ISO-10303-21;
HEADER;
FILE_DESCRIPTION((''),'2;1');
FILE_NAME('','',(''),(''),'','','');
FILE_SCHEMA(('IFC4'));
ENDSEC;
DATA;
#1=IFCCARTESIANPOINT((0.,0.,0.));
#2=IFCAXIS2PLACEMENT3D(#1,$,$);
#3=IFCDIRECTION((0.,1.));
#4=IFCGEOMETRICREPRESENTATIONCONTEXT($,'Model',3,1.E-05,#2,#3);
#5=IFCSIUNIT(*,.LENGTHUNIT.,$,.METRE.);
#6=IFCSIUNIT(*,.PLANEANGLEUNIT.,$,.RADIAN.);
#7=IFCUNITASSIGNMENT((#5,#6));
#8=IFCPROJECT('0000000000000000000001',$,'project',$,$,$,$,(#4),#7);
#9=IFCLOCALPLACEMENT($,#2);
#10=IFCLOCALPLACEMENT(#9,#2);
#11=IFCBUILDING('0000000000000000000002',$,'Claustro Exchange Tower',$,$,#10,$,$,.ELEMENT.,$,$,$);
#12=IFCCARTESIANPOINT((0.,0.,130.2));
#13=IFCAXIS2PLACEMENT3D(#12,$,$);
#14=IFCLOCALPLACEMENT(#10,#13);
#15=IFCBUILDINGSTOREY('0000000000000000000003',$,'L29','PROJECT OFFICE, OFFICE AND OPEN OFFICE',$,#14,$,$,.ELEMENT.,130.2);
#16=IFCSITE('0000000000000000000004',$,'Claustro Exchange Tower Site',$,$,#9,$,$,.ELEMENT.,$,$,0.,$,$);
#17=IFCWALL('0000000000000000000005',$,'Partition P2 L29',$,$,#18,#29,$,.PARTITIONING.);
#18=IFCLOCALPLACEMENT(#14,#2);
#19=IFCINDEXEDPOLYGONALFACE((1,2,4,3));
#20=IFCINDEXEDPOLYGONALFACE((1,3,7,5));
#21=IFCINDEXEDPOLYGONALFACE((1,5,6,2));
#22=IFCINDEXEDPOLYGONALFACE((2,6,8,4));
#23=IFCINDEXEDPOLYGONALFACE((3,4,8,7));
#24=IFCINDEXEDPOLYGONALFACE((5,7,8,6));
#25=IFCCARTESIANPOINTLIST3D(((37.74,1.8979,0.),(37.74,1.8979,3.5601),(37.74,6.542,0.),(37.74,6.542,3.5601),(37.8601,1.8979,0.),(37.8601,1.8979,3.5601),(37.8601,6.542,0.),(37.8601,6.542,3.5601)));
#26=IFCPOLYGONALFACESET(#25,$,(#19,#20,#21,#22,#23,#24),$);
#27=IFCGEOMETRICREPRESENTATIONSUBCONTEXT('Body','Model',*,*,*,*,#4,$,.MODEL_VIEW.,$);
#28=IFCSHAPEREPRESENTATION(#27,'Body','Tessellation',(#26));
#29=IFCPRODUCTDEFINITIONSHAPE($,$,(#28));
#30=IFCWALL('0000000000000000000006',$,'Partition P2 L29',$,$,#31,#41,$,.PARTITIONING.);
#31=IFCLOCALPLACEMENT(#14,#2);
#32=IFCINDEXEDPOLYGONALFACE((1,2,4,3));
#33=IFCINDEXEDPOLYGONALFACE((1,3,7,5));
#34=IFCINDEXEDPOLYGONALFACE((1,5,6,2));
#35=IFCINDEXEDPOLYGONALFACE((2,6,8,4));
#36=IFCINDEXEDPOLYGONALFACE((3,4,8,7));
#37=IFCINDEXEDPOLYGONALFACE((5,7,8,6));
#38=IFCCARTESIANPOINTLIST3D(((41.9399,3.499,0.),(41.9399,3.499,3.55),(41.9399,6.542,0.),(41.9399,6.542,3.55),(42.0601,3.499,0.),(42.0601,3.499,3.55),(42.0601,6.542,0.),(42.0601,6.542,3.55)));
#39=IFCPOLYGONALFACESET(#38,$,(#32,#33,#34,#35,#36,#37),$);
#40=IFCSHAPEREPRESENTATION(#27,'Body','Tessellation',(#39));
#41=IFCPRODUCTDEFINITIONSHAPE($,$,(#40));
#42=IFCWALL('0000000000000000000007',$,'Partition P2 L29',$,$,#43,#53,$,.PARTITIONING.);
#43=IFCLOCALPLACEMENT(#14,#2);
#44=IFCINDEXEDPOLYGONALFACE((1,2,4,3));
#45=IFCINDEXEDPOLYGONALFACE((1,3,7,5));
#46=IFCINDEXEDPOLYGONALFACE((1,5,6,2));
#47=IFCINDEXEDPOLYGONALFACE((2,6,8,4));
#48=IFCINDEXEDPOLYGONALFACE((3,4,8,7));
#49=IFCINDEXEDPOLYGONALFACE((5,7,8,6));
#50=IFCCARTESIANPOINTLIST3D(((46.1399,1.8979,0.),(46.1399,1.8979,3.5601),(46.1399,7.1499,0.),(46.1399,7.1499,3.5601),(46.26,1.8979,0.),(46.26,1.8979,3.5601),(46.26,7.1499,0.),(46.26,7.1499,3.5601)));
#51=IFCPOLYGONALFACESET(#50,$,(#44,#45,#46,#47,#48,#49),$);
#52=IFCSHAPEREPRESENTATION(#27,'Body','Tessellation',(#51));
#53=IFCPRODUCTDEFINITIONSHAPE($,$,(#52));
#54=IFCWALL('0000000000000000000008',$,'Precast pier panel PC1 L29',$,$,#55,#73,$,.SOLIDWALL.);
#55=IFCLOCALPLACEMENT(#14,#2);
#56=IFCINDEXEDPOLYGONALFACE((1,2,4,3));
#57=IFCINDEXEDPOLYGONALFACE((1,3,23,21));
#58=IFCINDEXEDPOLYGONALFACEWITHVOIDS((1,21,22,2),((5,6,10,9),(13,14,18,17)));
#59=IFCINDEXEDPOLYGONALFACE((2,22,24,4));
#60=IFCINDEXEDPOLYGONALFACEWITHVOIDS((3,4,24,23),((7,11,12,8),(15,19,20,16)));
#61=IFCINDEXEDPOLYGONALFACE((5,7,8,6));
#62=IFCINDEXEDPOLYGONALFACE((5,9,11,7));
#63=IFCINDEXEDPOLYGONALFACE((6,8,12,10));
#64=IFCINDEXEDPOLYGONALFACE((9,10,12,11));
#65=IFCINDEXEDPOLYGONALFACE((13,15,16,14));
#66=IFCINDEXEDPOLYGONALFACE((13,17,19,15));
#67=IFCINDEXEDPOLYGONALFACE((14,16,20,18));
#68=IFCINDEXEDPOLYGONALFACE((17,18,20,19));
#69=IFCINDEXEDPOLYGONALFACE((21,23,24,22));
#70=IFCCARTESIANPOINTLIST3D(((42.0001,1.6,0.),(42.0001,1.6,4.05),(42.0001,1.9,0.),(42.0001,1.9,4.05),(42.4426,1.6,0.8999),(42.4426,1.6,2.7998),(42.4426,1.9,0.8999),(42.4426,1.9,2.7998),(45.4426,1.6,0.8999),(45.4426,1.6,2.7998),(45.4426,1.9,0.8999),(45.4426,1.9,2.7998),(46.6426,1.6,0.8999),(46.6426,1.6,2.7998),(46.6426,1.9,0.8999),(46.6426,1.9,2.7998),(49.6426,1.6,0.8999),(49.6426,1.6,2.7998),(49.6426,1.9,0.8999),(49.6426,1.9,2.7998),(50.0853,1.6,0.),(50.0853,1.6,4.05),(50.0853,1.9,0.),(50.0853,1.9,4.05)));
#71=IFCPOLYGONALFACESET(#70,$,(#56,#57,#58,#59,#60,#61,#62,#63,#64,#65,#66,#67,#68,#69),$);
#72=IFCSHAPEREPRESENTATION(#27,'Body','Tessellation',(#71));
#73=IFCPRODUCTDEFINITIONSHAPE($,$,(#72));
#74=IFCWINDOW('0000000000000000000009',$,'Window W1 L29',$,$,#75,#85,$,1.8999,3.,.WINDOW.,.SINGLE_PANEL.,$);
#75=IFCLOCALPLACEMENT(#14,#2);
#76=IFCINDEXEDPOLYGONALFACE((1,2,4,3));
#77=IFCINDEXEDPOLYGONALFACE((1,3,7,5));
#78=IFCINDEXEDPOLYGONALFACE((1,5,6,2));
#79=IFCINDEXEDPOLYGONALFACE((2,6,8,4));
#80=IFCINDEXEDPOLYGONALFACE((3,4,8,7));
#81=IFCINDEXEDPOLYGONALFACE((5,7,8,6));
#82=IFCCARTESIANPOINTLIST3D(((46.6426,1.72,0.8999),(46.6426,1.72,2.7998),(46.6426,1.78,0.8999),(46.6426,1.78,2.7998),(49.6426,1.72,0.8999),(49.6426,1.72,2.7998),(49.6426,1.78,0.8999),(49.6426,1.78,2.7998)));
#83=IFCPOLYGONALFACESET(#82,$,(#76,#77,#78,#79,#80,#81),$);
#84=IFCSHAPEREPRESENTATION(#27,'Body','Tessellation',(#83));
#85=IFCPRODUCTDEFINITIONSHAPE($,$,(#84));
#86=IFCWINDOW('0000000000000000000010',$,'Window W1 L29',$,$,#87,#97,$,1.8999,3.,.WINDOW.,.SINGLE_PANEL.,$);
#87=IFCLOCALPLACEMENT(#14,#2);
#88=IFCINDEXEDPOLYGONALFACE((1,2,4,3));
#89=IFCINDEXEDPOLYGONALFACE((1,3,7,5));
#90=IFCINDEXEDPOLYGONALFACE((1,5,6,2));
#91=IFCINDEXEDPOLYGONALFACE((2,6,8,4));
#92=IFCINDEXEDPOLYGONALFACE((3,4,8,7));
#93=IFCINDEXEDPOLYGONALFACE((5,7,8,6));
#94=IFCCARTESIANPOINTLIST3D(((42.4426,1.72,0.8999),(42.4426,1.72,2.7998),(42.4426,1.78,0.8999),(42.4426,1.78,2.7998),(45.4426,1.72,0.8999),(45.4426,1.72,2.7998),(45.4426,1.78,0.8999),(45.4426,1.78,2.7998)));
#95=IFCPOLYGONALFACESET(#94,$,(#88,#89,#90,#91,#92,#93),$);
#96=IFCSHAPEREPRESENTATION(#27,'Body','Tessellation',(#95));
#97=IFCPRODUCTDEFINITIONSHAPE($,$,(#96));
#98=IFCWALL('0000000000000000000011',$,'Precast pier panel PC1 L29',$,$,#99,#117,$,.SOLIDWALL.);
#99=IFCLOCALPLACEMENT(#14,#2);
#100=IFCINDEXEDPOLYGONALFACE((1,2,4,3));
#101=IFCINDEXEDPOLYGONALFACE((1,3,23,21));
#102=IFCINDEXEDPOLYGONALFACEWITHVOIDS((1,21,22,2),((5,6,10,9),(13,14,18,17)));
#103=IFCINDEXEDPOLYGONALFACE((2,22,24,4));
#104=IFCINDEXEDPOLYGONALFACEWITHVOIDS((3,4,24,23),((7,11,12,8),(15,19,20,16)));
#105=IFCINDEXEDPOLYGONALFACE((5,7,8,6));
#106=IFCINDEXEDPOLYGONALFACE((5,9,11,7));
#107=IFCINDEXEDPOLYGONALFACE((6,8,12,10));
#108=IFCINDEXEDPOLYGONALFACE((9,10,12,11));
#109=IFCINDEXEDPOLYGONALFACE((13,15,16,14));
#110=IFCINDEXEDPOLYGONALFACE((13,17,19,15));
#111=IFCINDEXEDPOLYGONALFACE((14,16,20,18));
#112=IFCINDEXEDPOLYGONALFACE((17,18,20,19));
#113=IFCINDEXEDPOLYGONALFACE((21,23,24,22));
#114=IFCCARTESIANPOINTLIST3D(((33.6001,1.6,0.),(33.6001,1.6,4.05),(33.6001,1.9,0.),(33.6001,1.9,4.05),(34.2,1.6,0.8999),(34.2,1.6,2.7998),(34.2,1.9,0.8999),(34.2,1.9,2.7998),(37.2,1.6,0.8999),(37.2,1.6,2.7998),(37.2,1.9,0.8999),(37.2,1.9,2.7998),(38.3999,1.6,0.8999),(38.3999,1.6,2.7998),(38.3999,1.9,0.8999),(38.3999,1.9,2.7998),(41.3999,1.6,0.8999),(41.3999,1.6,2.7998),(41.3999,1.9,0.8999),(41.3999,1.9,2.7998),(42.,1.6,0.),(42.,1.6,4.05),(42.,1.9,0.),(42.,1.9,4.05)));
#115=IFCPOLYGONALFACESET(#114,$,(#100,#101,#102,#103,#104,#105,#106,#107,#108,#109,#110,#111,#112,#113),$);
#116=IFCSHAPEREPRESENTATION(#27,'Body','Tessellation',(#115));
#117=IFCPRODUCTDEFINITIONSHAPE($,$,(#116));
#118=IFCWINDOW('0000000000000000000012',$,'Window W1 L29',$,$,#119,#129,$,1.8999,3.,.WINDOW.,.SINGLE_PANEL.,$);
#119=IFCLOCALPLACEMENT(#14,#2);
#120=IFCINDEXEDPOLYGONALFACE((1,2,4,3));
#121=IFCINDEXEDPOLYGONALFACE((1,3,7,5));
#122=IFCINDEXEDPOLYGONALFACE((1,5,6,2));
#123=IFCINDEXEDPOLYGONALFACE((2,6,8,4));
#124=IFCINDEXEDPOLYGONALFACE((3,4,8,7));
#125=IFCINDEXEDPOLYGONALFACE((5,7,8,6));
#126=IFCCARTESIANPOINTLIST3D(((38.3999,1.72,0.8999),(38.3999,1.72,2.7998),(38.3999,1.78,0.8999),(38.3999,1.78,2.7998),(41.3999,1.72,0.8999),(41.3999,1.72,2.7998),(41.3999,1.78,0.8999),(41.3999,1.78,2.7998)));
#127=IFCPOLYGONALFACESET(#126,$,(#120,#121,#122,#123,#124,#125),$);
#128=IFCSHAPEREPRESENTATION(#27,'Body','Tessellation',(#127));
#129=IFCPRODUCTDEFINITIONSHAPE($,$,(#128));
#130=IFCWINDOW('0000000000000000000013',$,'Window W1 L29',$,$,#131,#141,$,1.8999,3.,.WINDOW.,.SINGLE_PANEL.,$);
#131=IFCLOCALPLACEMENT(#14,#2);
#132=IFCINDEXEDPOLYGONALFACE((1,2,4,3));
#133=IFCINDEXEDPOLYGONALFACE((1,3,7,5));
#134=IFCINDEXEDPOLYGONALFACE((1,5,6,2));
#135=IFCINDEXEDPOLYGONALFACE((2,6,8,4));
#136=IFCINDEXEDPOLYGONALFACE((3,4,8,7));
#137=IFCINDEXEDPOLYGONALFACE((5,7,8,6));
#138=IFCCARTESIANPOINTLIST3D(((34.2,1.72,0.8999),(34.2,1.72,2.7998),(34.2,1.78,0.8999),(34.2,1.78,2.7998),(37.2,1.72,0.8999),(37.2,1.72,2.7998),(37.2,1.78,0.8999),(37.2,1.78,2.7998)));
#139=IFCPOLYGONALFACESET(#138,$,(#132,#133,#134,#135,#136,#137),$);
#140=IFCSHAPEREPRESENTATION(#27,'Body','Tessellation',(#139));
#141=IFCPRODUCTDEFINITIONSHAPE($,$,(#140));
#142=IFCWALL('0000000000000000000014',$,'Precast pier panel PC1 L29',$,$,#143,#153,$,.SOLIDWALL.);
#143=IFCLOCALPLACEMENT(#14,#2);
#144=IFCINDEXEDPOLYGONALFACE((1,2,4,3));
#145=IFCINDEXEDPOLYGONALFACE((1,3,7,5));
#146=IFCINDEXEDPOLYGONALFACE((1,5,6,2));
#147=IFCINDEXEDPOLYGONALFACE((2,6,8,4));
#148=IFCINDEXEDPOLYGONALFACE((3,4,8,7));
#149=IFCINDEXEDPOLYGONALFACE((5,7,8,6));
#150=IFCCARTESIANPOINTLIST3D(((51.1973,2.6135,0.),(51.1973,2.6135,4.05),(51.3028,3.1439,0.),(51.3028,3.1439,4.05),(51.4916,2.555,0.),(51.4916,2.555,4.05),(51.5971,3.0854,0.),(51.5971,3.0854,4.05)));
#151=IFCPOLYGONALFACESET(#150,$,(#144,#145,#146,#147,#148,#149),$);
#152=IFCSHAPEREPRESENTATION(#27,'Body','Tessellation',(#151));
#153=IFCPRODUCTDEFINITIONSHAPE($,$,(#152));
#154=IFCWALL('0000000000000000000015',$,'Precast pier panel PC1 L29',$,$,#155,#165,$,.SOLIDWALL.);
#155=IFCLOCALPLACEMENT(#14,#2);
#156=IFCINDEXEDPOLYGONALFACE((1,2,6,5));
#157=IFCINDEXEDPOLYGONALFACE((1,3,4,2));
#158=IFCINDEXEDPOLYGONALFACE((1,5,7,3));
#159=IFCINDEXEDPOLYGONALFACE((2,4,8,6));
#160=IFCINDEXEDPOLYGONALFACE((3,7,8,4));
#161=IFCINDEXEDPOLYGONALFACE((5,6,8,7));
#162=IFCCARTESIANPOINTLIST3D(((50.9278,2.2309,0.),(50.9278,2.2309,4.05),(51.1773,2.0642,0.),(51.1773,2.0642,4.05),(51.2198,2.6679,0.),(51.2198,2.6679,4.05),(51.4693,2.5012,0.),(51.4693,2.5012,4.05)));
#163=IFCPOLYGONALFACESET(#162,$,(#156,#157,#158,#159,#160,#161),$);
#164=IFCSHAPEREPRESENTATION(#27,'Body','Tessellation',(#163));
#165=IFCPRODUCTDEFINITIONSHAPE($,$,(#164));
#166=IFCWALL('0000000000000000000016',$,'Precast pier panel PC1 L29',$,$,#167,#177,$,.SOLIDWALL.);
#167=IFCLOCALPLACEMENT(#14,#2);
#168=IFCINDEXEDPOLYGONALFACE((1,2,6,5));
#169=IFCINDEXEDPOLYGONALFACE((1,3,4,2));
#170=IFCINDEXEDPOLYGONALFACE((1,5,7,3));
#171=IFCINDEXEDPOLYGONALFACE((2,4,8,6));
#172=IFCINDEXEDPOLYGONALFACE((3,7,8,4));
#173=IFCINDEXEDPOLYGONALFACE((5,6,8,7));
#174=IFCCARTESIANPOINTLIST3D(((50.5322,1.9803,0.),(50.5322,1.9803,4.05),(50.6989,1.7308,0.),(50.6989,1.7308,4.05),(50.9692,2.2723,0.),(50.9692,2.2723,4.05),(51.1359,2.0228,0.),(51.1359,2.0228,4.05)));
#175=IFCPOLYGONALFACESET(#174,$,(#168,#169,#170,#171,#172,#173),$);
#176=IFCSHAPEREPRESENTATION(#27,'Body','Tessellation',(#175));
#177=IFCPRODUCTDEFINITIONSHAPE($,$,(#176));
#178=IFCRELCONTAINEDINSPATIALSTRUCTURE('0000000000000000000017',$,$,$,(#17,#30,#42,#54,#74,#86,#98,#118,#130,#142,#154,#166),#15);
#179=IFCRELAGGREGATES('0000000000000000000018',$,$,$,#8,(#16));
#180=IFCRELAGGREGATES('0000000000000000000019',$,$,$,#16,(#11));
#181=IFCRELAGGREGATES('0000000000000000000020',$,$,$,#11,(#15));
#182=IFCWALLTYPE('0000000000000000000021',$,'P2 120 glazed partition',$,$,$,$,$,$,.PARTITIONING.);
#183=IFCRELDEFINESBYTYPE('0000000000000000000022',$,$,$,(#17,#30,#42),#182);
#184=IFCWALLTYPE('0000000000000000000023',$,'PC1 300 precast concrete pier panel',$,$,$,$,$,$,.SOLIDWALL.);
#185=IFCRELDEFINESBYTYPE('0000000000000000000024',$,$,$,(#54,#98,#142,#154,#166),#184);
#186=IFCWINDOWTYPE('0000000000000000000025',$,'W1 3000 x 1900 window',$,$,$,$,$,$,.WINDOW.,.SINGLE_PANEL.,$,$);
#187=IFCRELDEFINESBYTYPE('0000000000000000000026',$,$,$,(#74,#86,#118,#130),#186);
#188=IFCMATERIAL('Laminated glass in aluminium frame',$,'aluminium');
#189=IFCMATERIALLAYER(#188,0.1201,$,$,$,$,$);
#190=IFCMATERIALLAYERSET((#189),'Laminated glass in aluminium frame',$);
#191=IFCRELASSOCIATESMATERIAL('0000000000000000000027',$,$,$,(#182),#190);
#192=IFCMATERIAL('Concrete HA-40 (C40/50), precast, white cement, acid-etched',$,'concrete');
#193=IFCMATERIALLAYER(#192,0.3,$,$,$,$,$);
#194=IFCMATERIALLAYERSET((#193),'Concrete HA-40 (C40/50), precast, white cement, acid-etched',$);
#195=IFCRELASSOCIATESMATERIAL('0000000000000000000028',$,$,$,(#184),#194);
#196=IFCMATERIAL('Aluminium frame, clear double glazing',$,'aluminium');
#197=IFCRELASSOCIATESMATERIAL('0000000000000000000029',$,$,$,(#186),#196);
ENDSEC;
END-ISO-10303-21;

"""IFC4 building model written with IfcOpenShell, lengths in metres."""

from ifc_helpers import new_model, si_unit, direction, frame, frame_2d, origin, place, context, subcontext, project, spatial, rectangle, extrude, material, layer, layer_set, type_object, element, fill, save


model = new_model("IFC4")

# Units and contexts
model_context = context("Model", 3, precision=1e-05, world=origin(), true_north=direction((0.0, 1.0)))
body_context = subcontext(model_context, "Body", "Model", "MODEL_VIEW")
ifc_project = project(units=[si_unit("LENGTHUNIT", "METRE"), si_unit("PLANEANGLEUNIT", "RADIAN")], contexts=[model_context])

# Site, building, storey
site_placement = place(None, origin())
site = spatial("IfcSite", under=ifc_project, at=site_placement, Name="Claustro Exchange Tower Site", CompositionType="ELEMENT", RefElevation=0.0)
building_placement = place(site_placement, origin())
building = spatial("IfcBuilding", under=site, at=building_placement, Name="Claustro Exchange Tower", CompositionType="ELEMENT")
storey_placement = place(building_placement, frame((0.0, 0.0, 130.2)))
storey = spatial("IfcBuildingStorey", under=building, at=storey_placement, Name="L29", Description="PROJECT OFFICE, OFFICE AND OPEN OFFICE", CompositionType="ELEMENT", Elevation=130.2)

# Shared definitions
ifc_material_1 = material(Name="Laminated glass in aluminium frame", Category="aluminium")
ifc_layer_1 = layer(ifc_material_1, 0.1201)
ifc_layer_set_1 = layer_set([ifc_layer_1], Name="Laminated glass in aluminium frame")
wall_type_1 = type_object("IfcWallType", Name="P2 120 glazed partition", PredefinedType="PARTITIONING", material=ifc_layer_set_1)

# Walls
wall_1_placement = place(storey_placement, frame((37.8, 1.8979, 0.0), z_axis=(0.0, 0.0, 1.0), x_axis=(0.0, 1.0, 0.0)))
element("IfcWall", 1, at=wall_1_placement, inside=storey, type_object=wall_type_1, Name="Partition P2 L29", PredefinedType="PARTITIONING", context=body_context, shape_type="SweptSolid", body=[
    extrude(rectangle(XDim=4.644, YDim=0.1201, at=frame_2d((2.322, 0.0))), origin(), (0.0, 0.0, 1.0), 3.5601),
])
wall_2_placement = place(storey_placement, frame((42.0, 3.499, 0.0), z_axis=(0.0, 0.0, 1.0), x_axis=(0.0, 1.0, 0.0)))
element("IfcWall", 2, at=wall_2_placement, inside=storey, type_object=wall_type_1, Name="Partition P2 L29", PredefinedType="PARTITIONING", context=body_context, shape_type="SweptSolid", body=[
    extrude(rectangle(XDim=3.043, YDim=0.1201, at=frame_2d((1.5215, 0.0))), origin(), (0.0, 0.0, 1.0), 3.55),
])
wall_3_placement = place(storey_placement, frame((46.2, 1.8979, 0.0), z_axis=(0.0, 0.0, 1.0), x_axis=(0.0, 1.0, 0.0)))
element("IfcWall", 3, at=wall_3_placement, inside=storey, type_object=wall_type_1, Name="Partition P2 L29", PredefinedType="PARTITIONING", context=body_context, shape_type="SweptSolid", body=[
    extrude(rectangle(XDim=5.252, YDim=0.1201, at=frame_2d((2.626, 0.0))), origin(), (0.0, 0.0, 1.0), 3.5601),
])

# Walls, openings, windows
ifc_material_2 = material(Name="Concrete HA-40 (C40/50), precast, white cement, acid-etched", Category="concrete")
ifc_layer_2 = layer(ifc_material_2, 0.3)
ifc_layer_set_2 = layer_set([ifc_layer_2], Name="Concrete HA-40 (C40/50), precast, white cement, acid-etched")
wall_type_2 = type_object("IfcWallType", Name="PC1 300 precast concrete pier panel", PredefinedType="SOLIDWALL", material=ifc_layer_set_2)
wall_4_placement = place(storey_placement, frame((50.0852, 1.75, 0.0), z_axis=(0.0, 0.0, 1.0), x_axis=(-1.0, 0.0, 0.0)))
wall_4 = element("IfcWall", 4, at=wall_4_placement, inside=storey, type_object=wall_type_2, Name="Precast pier panel PC1 L29", PredefinedType="SOLIDWALL", context=body_context, shape_type="SweptSolid", body=[
    extrude(rectangle(XDim=8.0852, YDim=0.3, at=frame_2d((4.0425, 0.0))), origin(), (0.0, 0.0, 1.0), 4.05),
])
opening_1_placement = place(wall_4_placement, frame((0.4426, 0.0, 0.8999)))
opening_1 = element("IfcOpeningElement", 5, at=opening_1_placement, cuts=wall_4, PredefinedType="OPENING", context=body_context, shape_type="SweptSolid", body=[
    extrude(rectangle(XDim=3.0, YDim=1.8999, at=frame_2d((1.5, 0.95))), frame((0.0, 0.1599, 0.0), z_axis=(0.0, -1.0, 0.0), x_axis=(1.0, 0.0, 0.0)), (0.0, 0.0, 1.0), 0.3201),
])
opening_2_placement = place(wall_4_placement, frame((4.6426, 0.0, 0.8999)))
opening_2 = element("IfcOpeningElement", 6, at=opening_2_placement, cuts=wall_4, PredefinedType="OPENING", context=body_context, shape_type="SweptSolid", body=[
    extrude(rectangle(XDim=3.0, YDim=1.8999, at=frame_2d((1.5, 0.95))), frame((0.0, 0.1599, 0.0), z_axis=(0.0, -1.0, 0.0), x_axis=(1.0, 0.0, 0.0)), (0.0, 0.0, 1.0), 0.3201),
])
ifc_material_3 = material(Name="Aluminium frame, clear double glazing", Category="aluminium")
window_type = type_object("IfcWindowType", Name="W1 3000 x 1900 window", PartitioningType="SINGLE_PANEL", PredefinedType="WINDOW", material=ifc_material_3)
window_1_placement = place(opening_1_placement, origin())
window_1 = element("IfcWindow", 7, at=window_1_placement, inside=storey, type_object=window_type, Name="Window W1 L29", OverallHeight=1.8999, OverallWidth=3.0, PartitioningType="SINGLE_PANEL", PredefinedType="WINDOW", context=body_context, shape_type="SweptSolid", body=[
    extrude(rectangle(XDim=3.0, YDim=1.8999, at=frame_2d((1.5, 0.95))), frame((0.0, 0.03, 0.0), z_axis=(0.0, -1.0, 0.0), x_axis=(1.0, 0.0, 0.0)), (0.0, 0.0, 1.0), 0.0601),
])
fill(opening_1, window_1)
window_2_placement = place(opening_2_placement, origin())
window_2 = element("IfcWindow", 8, at=window_2_placement, inside=storey, type_object=window_type, Name="Window W1 L29", OverallHeight=1.8999, OverallWidth=3.0, PartitioningType="SINGLE_PANEL", PredefinedType="WINDOW", context=body_context, shape_type="SweptSolid", body=[
    extrude(rectangle(XDim=3.0, YDim=1.8999, at=frame_2d((1.5, 0.95))), frame((0.0, 0.03, 0.0), z_axis=(0.0, -1.0, 0.0), x_axis=(1.0, 0.0, 0.0)), (0.0, 0.0, 1.0), 0.0601),
])
fill(opening_2, window_2)
wall_5_placement = place(storey_placement, frame((42.0, 1.75, 0.0), z_axis=(0.0, 0.0, 1.0), x_axis=(-1.0, 0.0, 0.0)))
wall_5 = element("IfcWall", 9, at=wall_5_placement, inside=storey, type_object=wall_type_2, Name="Precast pier panel PC1 L29", PredefinedType="SOLIDWALL", context=body_context, shape_type="SweptSolid", body=[
    extrude(rectangle(XDim=8.3999, YDim=0.3, at=frame_2d((4.2, 0.0))), origin(), (0.0, 0.0, 1.0), 4.05),
])
opening_3_placement = place(wall_5_placement, frame((0.6001, 0.0, 0.8999)))
opening_3 = element("IfcOpeningElement", 10, at=opening_3_placement, cuts=wall_5, PredefinedType="OPENING", context=body_context, shape_type="SweptSolid", body=[
    extrude(rectangle(XDim=3.0, YDim=1.8999, at=frame_2d((1.5, 0.95))), frame((0.0, 0.1599, 0.0), z_axis=(0.0, -1.0, 0.0), x_axis=(1.0, 0.0, 0.0)), (0.0, 0.0, 1.0), 0.3201),
])
opening_4_placement = place(wall_5_placement, frame((4.8, 0.0, 0.8999)))
opening_4 = element("IfcOpeningElement", 11, at=opening_4_placement, cuts=wall_5, PredefinedType="OPENING", context=body_context, shape_type="SweptSolid", body=[
    extrude(rectangle(XDim=3.0, YDim=1.8999, at=frame_2d((1.5, 0.95))), frame((0.0, 0.1599, 0.0), z_axis=(0.0, -1.0, 0.0), x_axis=(1.0, 0.0, 0.0)), (0.0, 0.0, 1.0), 0.3201),
])
window_3_placement = place(opening_3_placement, origin())
window_3 = element("IfcWindow", 12, at=window_3_placement, inside=storey, type_object=window_type, Name="Window W1 L29", OverallHeight=1.8999, OverallWidth=3.0, PartitioningType="SINGLE_PANEL", PredefinedType="WINDOW", context=body_context, shape_type="SweptSolid", body=[
    extrude(rectangle(XDim=3.0, YDim=1.8999, at=frame_2d((1.5, 0.95))), frame((0.0, 0.03, 0.0), z_axis=(0.0, -1.0, 0.0), x_axis=(1.0, 0.0, 0.0)), (0.0, 0.0, 1.0), 0.0601),
])
fill(opening_3, window_3)
window_4_placement = place(opening_4_placement, origin())
window_4 = element("IfcWindow", 13, at=window_4_placement, inside=storey, type_object=window_type, Name="Window W1 L29", OverallHeight=1.8999, OverallWidth=3.0, PartitioningType="SINGLE_PANEL", PredefinedType="WINDOW", context=body_context, shape_type="SweptSolid", body=[
    extrude(rectangle(XDim=3.0, YDim=1.8999, at=frame_2d((1.5, 0.95))), frame((0.0, 0.03, 0.0), z_axis=(0.0, -1.0, 0.0), x_axis=(1.0, 0.0, 0.0)), (0.0, 0.0, 1.0), 0.0601),
])
fill(opening_4, window_4)

# Walls
wall_6_placement = place(storey_placement, frame((51.45, 3.1147, 0.0), z_axis=(0.0, 0.0, 1.0), x_axis=(-0.195074, -0.980789, 0.0)))
element("IfcWall", 14, at=wall_6_placement, inside=storey, type_object=wall_type_2, Name="Precast pier panel PC1 L29", PredefinedType="SOLIDWALL", context=body_context, shape_type="SweptSolid", body=[
    extrude(rectangle(XDim=0.5408, YDim=0.3, at=frame_2d((0.2705, 0.0))), origin(), (0.0, 0.0, 1.0), 4.05),
])
for number, where, z_axis, x_axis, name in (
    (15, (51.3445, 2.5845, 0.0), (0.0, 0.0, 1.0), (-0.555557, -0.831478, 0.0), "Precast pier panel PC1 L29"),
    (16, (51.0525, 2.1475, 0.0), (0.0, 0.0, 1.0), (-0.831478, -0.555557, 0.0), "Precast pier panel PC1 L29"),
):
    element("IfcWall", number, at=place(storey_placement, frame(where, z_axis=z_axis, x_axis=x_axis)), inside=storey, type_object=wall_type_2, Name=name, PredefinedType="SOLIDWALL", context=body_context, shape_type="SweptSolid", body=[
        extrude(rectangle(XDim=0.5256, YDim=0.3, at=frame_2d((0.2627, 0.0))), origin(), (0.0, 0.0, 1.0), 4.05),
    ])

save(model, "model.ifc")
